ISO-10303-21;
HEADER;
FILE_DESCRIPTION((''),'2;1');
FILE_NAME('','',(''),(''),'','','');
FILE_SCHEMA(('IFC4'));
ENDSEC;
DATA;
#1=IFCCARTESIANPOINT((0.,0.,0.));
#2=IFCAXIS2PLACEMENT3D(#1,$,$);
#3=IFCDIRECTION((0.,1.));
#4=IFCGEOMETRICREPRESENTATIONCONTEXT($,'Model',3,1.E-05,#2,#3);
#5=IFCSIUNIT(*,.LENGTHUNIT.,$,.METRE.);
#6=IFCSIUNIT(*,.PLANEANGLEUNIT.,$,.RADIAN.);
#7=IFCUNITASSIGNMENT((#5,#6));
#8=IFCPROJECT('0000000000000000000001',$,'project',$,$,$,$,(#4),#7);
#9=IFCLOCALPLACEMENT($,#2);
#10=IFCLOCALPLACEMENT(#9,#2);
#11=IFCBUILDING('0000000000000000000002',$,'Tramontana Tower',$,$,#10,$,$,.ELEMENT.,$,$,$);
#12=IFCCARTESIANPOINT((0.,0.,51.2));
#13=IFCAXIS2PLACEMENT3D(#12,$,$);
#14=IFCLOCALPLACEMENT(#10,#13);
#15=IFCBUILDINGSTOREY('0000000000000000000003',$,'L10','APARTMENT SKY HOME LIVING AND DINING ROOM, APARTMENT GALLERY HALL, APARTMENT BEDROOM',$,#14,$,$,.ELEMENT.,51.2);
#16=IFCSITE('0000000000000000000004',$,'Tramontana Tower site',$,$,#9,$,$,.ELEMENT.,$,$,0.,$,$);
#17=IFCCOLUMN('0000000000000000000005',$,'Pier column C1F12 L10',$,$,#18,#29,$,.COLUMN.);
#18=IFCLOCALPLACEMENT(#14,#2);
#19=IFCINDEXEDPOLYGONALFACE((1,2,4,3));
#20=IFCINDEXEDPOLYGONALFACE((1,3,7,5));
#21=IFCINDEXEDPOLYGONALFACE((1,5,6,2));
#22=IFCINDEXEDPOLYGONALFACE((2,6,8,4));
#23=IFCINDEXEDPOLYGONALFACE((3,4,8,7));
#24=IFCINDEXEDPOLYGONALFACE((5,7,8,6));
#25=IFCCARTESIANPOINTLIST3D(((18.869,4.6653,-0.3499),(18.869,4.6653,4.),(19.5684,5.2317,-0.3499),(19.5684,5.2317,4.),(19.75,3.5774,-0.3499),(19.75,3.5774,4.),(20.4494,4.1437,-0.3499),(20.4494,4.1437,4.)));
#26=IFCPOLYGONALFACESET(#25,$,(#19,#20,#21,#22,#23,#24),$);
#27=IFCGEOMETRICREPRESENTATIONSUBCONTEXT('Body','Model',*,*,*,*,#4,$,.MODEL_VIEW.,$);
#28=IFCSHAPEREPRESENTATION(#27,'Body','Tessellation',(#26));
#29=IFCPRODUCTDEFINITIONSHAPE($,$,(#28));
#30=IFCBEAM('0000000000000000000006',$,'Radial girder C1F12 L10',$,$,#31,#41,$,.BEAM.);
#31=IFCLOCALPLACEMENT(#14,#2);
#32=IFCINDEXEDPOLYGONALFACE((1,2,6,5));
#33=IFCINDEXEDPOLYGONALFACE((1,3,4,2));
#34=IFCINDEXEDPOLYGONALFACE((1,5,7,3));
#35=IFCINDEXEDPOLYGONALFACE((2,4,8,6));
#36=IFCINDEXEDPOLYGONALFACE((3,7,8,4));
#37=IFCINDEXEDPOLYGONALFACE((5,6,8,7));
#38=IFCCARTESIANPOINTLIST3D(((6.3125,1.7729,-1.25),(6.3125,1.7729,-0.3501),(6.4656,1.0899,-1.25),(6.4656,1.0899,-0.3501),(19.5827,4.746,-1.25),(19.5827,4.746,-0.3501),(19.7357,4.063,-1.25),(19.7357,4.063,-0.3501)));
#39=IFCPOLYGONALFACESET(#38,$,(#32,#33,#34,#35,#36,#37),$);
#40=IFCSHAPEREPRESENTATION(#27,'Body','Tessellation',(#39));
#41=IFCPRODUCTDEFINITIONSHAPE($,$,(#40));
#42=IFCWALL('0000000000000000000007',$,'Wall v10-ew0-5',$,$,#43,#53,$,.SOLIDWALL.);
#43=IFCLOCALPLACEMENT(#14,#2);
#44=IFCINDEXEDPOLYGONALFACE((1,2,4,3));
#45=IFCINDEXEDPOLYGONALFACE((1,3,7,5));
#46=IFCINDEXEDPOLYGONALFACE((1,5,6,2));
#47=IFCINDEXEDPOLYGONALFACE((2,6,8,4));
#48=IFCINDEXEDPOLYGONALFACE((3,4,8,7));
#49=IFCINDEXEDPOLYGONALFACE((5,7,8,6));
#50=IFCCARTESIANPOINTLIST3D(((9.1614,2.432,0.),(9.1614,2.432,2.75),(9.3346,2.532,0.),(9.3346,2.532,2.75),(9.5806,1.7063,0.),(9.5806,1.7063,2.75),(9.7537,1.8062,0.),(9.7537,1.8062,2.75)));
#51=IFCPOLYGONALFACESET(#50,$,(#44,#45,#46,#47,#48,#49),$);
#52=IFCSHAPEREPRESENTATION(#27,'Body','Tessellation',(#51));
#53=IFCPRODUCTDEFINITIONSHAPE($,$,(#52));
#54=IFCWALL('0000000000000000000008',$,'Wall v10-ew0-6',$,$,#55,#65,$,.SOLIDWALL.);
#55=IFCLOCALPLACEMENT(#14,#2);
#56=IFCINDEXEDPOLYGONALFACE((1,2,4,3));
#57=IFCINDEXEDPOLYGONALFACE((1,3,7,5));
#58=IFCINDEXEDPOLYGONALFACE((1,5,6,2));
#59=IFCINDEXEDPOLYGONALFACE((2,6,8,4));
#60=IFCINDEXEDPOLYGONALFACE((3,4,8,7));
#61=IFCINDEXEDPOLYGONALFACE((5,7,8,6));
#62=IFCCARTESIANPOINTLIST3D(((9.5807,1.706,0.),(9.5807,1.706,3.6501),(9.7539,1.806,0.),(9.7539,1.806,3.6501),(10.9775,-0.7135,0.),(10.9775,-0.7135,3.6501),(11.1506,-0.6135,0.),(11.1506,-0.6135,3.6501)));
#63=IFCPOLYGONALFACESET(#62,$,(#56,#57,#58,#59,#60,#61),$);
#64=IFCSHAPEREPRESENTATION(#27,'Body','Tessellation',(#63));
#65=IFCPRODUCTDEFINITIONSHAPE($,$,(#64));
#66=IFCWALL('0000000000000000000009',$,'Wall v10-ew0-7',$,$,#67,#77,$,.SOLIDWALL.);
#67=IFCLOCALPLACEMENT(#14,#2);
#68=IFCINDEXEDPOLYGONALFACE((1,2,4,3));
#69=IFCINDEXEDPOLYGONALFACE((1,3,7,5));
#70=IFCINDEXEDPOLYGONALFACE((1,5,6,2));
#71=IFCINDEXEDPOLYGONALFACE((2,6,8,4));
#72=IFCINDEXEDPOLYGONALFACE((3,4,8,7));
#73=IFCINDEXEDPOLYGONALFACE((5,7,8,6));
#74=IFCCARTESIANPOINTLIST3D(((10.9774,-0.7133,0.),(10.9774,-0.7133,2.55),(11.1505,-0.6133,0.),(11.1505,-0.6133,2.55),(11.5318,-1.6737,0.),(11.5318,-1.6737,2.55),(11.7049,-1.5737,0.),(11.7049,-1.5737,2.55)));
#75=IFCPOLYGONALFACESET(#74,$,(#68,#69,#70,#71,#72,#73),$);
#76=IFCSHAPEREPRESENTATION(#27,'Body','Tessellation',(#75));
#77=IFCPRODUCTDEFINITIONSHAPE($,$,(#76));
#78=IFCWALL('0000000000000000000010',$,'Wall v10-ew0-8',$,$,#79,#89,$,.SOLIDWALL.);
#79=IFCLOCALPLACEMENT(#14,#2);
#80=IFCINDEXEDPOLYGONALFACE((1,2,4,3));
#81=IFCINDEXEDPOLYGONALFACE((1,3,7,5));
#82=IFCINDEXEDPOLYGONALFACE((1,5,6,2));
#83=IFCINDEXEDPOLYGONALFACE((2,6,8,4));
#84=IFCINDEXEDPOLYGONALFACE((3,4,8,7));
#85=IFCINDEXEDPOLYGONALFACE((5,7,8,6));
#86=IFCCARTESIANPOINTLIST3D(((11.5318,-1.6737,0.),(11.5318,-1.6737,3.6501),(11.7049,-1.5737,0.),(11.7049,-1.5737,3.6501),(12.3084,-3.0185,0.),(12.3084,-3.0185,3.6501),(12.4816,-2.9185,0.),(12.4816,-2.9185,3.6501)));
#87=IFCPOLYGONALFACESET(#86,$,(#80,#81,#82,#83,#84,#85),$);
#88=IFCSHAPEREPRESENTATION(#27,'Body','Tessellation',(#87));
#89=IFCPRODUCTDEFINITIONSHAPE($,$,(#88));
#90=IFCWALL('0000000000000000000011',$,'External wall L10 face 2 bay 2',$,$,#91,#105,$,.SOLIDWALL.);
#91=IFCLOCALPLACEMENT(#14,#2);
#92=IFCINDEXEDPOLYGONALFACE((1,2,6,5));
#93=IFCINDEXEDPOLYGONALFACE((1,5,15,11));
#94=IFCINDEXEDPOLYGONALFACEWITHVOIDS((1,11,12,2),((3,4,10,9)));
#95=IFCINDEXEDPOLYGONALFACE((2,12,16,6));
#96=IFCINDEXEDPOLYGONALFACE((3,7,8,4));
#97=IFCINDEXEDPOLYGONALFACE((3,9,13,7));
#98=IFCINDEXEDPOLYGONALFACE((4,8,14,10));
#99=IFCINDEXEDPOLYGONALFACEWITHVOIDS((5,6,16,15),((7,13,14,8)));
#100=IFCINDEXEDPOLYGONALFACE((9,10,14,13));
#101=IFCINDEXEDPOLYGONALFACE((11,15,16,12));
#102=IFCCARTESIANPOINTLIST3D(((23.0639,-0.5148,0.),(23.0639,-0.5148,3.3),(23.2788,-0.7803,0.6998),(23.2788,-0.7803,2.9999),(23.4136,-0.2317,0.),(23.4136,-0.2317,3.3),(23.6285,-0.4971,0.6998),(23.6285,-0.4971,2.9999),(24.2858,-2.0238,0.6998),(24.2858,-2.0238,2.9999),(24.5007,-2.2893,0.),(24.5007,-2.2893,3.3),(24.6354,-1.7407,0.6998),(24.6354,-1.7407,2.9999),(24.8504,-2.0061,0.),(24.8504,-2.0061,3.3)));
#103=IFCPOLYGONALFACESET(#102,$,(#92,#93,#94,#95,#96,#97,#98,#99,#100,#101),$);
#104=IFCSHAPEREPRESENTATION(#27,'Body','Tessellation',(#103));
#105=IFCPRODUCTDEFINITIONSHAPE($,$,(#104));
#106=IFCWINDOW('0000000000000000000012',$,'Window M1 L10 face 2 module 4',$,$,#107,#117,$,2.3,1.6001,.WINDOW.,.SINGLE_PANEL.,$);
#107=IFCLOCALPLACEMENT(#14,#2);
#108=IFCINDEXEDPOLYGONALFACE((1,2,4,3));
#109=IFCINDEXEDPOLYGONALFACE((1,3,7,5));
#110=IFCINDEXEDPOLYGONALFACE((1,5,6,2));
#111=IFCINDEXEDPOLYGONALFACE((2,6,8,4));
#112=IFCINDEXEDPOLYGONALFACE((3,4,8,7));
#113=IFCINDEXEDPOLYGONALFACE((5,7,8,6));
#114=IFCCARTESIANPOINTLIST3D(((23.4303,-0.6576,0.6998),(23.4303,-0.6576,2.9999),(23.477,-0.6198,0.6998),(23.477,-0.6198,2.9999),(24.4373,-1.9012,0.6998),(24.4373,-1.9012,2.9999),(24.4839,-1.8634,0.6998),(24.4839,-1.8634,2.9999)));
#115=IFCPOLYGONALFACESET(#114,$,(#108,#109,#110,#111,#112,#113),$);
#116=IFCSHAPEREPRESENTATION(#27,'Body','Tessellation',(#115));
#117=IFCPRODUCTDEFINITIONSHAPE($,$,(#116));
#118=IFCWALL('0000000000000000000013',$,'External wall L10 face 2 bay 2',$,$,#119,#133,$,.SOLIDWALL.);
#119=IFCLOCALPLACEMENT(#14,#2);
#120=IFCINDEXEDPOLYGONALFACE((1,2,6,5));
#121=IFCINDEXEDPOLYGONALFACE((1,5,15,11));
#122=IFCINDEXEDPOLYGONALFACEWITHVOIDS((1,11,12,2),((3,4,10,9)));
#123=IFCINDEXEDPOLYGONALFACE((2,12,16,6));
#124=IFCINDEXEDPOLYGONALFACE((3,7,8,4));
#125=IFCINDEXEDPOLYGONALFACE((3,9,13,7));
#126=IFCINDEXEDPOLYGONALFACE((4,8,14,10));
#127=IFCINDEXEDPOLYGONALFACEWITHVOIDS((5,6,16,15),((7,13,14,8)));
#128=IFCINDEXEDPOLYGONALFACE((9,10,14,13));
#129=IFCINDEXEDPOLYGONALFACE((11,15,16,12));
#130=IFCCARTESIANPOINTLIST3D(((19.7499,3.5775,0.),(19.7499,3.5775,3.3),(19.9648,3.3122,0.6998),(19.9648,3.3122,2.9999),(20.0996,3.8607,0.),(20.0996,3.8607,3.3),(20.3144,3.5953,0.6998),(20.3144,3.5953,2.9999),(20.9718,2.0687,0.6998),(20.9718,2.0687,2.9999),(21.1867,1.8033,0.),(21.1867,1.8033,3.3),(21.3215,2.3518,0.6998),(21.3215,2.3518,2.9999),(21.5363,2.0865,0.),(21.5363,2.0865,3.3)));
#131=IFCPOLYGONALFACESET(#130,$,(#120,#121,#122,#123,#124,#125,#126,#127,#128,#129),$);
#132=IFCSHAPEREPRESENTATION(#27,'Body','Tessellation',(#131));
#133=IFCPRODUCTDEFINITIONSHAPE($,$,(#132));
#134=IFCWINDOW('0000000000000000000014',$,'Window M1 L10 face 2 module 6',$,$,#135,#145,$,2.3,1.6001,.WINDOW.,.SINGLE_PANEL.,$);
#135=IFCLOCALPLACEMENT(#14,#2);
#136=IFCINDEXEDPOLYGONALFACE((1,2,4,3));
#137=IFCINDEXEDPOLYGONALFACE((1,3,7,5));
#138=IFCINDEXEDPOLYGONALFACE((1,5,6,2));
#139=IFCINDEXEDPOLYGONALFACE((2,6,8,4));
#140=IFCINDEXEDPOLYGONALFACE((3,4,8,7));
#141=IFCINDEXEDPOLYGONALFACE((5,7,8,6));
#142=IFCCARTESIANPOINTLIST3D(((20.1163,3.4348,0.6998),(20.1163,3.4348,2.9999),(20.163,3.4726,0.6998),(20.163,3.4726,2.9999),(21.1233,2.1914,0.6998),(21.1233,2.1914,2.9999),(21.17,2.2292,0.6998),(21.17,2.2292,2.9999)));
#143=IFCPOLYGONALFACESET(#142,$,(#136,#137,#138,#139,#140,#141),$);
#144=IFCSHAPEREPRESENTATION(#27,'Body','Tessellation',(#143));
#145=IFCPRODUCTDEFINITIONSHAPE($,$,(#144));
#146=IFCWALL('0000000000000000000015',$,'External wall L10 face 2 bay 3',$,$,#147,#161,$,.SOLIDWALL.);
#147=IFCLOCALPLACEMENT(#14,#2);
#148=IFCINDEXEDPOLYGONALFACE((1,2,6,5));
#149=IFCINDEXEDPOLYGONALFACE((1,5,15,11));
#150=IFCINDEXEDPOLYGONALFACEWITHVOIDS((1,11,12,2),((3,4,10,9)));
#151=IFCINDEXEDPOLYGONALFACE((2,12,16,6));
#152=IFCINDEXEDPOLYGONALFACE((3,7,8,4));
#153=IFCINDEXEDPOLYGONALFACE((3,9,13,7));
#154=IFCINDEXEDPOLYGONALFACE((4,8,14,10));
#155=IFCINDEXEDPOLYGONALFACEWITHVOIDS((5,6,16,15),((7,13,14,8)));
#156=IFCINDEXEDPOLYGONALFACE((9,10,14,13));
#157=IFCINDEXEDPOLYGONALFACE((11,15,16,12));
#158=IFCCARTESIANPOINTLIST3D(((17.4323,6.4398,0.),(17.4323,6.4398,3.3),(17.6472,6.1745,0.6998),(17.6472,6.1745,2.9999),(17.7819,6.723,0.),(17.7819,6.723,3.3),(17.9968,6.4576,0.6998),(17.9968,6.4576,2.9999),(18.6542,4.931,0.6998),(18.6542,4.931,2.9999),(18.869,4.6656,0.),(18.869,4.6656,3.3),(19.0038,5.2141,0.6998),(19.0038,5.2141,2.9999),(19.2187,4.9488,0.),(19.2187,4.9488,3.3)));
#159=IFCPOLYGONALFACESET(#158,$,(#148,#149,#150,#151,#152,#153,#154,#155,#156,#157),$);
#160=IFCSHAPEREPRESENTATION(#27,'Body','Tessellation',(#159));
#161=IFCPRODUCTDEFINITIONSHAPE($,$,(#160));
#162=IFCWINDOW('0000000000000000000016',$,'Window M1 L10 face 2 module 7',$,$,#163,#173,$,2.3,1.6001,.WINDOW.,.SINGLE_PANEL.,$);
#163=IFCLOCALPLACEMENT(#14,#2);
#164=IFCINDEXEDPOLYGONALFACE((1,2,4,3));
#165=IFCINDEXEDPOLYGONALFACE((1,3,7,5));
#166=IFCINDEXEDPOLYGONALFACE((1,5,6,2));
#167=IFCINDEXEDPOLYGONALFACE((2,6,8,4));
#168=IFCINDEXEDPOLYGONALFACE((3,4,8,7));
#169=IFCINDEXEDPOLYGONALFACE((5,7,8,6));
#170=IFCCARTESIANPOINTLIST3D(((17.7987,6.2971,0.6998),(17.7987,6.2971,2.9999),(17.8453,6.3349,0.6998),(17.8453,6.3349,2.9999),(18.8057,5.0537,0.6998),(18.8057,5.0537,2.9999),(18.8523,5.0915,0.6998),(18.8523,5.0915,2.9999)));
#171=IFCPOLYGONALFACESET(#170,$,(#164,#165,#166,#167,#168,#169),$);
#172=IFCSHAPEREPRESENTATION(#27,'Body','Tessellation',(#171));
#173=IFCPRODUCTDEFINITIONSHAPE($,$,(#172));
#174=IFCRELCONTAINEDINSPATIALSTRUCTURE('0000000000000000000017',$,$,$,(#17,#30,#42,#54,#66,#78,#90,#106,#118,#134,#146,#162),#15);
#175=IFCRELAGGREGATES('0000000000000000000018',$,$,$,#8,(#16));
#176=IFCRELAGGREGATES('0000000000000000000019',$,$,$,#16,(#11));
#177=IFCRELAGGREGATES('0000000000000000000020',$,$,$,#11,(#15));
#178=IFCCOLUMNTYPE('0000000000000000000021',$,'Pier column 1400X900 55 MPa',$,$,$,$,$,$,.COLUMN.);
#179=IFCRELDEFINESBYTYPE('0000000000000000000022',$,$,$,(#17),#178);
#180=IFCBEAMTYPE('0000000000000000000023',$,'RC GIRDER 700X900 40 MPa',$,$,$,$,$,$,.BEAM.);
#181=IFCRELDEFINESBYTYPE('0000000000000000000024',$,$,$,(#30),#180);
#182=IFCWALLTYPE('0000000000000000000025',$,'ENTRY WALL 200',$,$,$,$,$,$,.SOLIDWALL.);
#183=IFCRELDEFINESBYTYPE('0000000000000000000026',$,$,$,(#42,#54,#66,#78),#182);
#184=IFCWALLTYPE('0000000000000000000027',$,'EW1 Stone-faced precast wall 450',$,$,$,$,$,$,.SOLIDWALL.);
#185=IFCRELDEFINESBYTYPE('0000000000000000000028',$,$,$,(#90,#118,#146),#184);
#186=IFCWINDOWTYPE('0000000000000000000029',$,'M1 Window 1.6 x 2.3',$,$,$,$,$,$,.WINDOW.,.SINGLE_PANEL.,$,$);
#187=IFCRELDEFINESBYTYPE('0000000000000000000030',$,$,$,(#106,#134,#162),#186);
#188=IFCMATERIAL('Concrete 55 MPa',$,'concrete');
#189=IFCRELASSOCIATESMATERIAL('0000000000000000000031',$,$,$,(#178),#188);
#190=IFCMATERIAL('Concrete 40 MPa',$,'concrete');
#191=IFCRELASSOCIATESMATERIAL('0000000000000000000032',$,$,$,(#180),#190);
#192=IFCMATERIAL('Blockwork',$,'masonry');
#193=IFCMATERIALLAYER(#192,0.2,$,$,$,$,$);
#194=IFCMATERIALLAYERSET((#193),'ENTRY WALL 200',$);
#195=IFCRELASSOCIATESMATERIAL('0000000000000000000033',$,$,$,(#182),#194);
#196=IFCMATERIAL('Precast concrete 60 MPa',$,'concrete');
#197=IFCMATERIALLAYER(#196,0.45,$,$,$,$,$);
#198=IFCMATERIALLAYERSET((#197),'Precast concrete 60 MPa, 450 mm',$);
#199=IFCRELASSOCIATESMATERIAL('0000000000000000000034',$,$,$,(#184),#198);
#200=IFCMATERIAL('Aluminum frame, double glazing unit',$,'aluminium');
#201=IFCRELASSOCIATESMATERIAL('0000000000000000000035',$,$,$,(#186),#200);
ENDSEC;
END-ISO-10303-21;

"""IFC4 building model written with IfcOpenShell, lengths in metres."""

from ifc_helpers import new_model, si_unit, direction, frame, frame_2d, origin, origin_2d, place, context, subcontext, project, spatial, rectangle, extrude, material, layer, layer_set, material_profile, profile_set, type_object, element, fill, save


model = new_model("IFC4")

# Units and contexts
model_context = context("Model", 3, precision=1e-05, world=origin(), true_north=direction((0.0, 1.0)))
body_context = subcontext(model_context, "Body", "Model", "MODEL_VIEW")
ifc_project = project(units=[si_unit("LENGTHUNIT", "METRE"), si_unit("PLANEANGLEUNIT", "RADIAN")], contexts=[model_context])

# Site, building, storey
site_placement = place(None, origin())
site = spatial("IfcSite", under=ifc_project, at=site_placement, Name="Tramontana Tower site", CompositionType="ELEMENT", RefElevation=0.0)
building_placement = place(site_placement, origin())
building = spatial("IfcBuilding", under=site, at=building_placement, Name="Tramontana Tower", CompositionType="ELEMENT")
storey_placement = place(building_placement, frame((0.0, 0.0, 51.2)))
storey = spatial("IfcBuildingStorey", under=building, at=storey_placement, Name="L10", Description="APARTMENT SKY HOME LIVING AND DINING ROOM, APARTMENT GALLERY HALL, APARTMENT BEDROOM", CompositionType="ELEMENT", Elevation=51.2)

# Column
ifc_material_1 = material(Name="Concrete 55 MPa", Category="concrete")
ifc_material_profile_1 = material_profile(ifc_material_1, rectangle(XDim=1.3999, YDim=0.8999, at=origin_2d()), Name="Pier column 1400X900 55 MPa")
ifc_profile_set_1 = profile_set([ifc_material_profile_1], Name="Concrete 55 MPa")
column_type = type_object("IfcColumnType", Name="Pier column 1400X900 55 MPa", PredefinedType="COLUMN", material=ifc_profile_set_1)
column_placement = place(storey_placement, frame((19.6592, 4.4045, -0.3499), z_axis=(0.0, 0.0, 1.0), x_axis=(-0.62932, 0.777146, 0.0)))
element("IfcColumn", 1, at=column_placement, inside=storey, type_object=column_type, Name="Pier column C1F12 L10", PredefinedType="COLUMN", context=body_context, shape_type="SweptSolid", body=[
    extrude(rectangle(XDim=1.3999, YDim=0.8999, at=origin_2d()), origin(), (0.0, 0.0, 1.0), 4.3499),
])

# Beam
ifc_material_2 = material(Name="Concrete 40 MPa", Category="concrete")
ifc_material_profile_2 = material_profile(ifc_material_2, rectangle(XDim=0.7, YDim=0.8999, at=origin_2d()), Name="RC GIRDER 700X900 40 MPa")
ifc_profile_set_2 = profile_set([ifc_material_profile_2], Name="Concrete 40 MPa")
beam_type = type_object("IfcBeamType", Name="RC GIRDER 700X900 40 MPa", PredefinedType="BEAM", material=ifc_profile_set_2)
beam_placement = place(storey_placement, frame((19.6592, 4.4045, -0.8), z_axis=(-0.975808, -0.21863, 0.0), x_axis=(0.21863, -0.975808, 0.0)))
element("IfcBeam", 2, at=beam_placement, inside=storey, type_object=beam_type, Name="Radial girder C1F12 L10", PredefinedType="BEAM", context=body_context, shape_type="SweptSolid", body=[
    extrude(rectangle(XDim=0.7, YDim=0.8999, at=origin_2d()), origin(), (0.0, 0.0, 1.0), 13.5991),
])

# Walls
ifc_material_3 = material(Name="Blockwork", Category="masonry")
ifc_layer_1 = layer(ifc_material_3, 0.2)
ifc_layer_set_1 = layer_set([ifc_layer_1], Name="ENTRY WALL 200")
wall_type_1 = type_object("IfcWallType", Name="ENTRY WALL 200", PredefinedType="SOLIDWALL", material=ifc_layer_set_1)
wall_1_placement = place(storey_placement, frame((9.248, 2.4819, 0.0), z_axis=(0.0, 0.0, 1.0), x_axis=(0.500117, -0.865958, 0.0)))
element("IfcWall", 3, at=wall_1_placement, inside=storey, type_object=wall_type_1, Name="Wall v10-ew0-5", PredefinedType="SOLIDWALL", context=body_context, shape_type="SweptSolid", body=[
    extrude(rectangle(XDim=0.8381, YDim=0.2, at=frame_2d((0.4189, 0.0))), origin(), (0.0, 0.0, 1.0), 2.75),
])
wall_2_placement = place(storey_placement, frame((9.6672, 1.7561, 0.0), z_axis=(0.0, 0.0, 1.0), x_axis=(0.499965, -0.866046, 0.0)))
element("IfcWall", 4, at=wall_2_placement, inside=storey, type_object=wall_type_1, Name="Wall v10-ew0-6", PredefinedType="SOLIDWALL", context=body_context, shape_type="SweptSolid", body=[
    extrude(rectangle(XDim=2.7937, YDim=0.2, at=frame_2d((1.397, 0.0))), origin(), (0.0, 0.0, 1.0), 3.6501),
])
wall_3_placement = place(storey_placement, frame((11.064, -0.6633, 0.0), z_axis=(0.0, 0.0, 1.0), x_axis=(0.499951, -0.866054, 0.0)))
element("IfcWall", 5, at=wall_3_placement, inside=storey, type_object=wall_type_1, Name="Wall v10-ew0-7", PredefinedType="SOLIDWALL", context=body_context, shape_type="SweptSolid", body=[
    extrude(rectangle(XDim=1.1089, YDim=0.2, at=frame_2d((0.5544, 0.0))), origin(), (0.0, 0.0, 1.0), 2.55),
])
wall_4_placement = place(storey_placement, frame((11.6184, -1.6238, 0.0), z_axis=(0.0, 0.0, 1.0), x_axis=(0.500113, -0.86596, 0.0)))
element("IfcWall", 6, at=wall_4_placement, inside=storey, type_object=wall_type_1, Name="Wall v10-ew0-8", PredefinedType="SOLIDWALL", context=body_context, shape_type="SweptSolid", body=[
    extrude(rectangle(XDim=1.553, YDim=0.2, at=frame_2d((0.7764, 0.0))), origin(), (0.0, 0.0, 1.0), 3.6501),
])

# Walls, openings, windows
ifc_material_4 = material(Name="Precast concrete 60 MPa", Category="concrete")
ifc_layer_2 = layer(ifc_material_4, 0.45)
ifc_layer_set_2 = layer_set([ifc_layer_2], Name="Precast concrete 60 MPa, 450 mm")
wall_type_2 = type_object("IfcWallType", Name="EW1 Stone-faced precast wall 450", PredefinedType="SOLIDWALL", material=ifc_layer_set_2)
wall_5_placement = place(storey_placement, frame((24.6755, -2.1477, 0.0), z_axis=(0.0, 0.0, 1.0), x_axis=(-0.629287, 0.777173, 0.0)))
wall_5 = element("IfcWall", 7, at=wall_5_placement, inside=storey, type_object=wall_type_2, Name="External wall L10 face 2 bay 2", PredefinedType="SOLIDWALL", context=body_context, shape_type="SweptSolid", body=[
    extrude(rectangle(XDim=2.2832, YDim=0.45, at=frame_2d((1.1416, 0.0))), origin(), (0.0, 0.0, 1.0), 3.3),
])
opening_1_placement = place(wall_5_placement, frame((0.3416, 0.0, 0.7)))
opening_1 = element("IfcOpeningElement", 8, at=opening_1_placement, cuts=wall_5, PredefinedType="OPENING", context=body_context, shape_type="SweptSolid", body=[
    extrude(rectangle(XDim=1.6001, YDim=2.3, at=frame_2d((0.8, 1.1499))), frame((0.0, 0.2349, 0.0), z_axis=(0.0, -1.0, 0.0), x_axis=(1.0, 0.0, 0.0)), (0.0, 0.0, 1.0), 0.47),
])
ifc_material_5 = material(Name="Aluminum frame, double glazing unit", Category="aluminium")
window_type = type_object("IfcWindowType", Name="M1 Window 1.6 x 2.3", PartitioningType="SINGLE_PANEL", PredefinedType="WINDOW", material=ifc_material_5)
window_1_placement = place(opening_1_placement, origin())
window_1 = element("IfcWindow", 9, at=window_1_placement, inside=storey, type_object=window_type, Name="Window M1 L10 face 2 module 4", OverallHeight=2.3, OverallWidth=1.6001, PartitioningType="SINGLE_PANEL", PredefinedType="WINDOW", context=body_context, shape_type="SweptSolid", body=[
    extrude(rectangle(XDim=1.6001, YDim=2.3, at=frame_2d((0.8, 1.1499))), frame((0.0, 0.03, 0.0), z_axis=(0.0, -1.0, 0.0), x_axis=(1.0, 0.0, 0.0)), (0.0, 0.0, 1.0), 0.0601),
])
fill(opening_1, window_1)
wall_6_placement = place(storey_placement, frame((21.3616, 1.9448, 0.0), z_axis=(0.0, 0.0, 1.0), x_axis=(-0.62934, 0.77713, 0.0)))
wall_6 = element("IfcWall", 10, at=wall_6_placement, inside=storey, type_object=wall_type_2, Name="External wall L10 face 2 bay 2", PredefinedType="SOLIDWALL", context=body_context, shape_type="SweptSolid", body=[
    extrude(rectangle(XDim=2.283, YDim=0.45, at=frame_2d((1.1416, 0.0))), origin(), (0.0, 0.0, 1.0), 3.3),
])
opening_2_placement = place(wall_6_placement, frame((0.3416, 0.0, 0.7)))
opening_2 = element("IfcOpeningElement", 11, at=opening_2_placement, cuts=wall_6, PredefinedType="OPENING", context=body_context, shape_type="SweptSolid", body=[
    extrude(rectangle(XDim=1.6001, YDim=2.3, at=frame_2d((0.8, 1.1499))), frame((0.0, 0.2349, 0.0), z_axis=(0.0, -1.0, 0.0), x_axis=(1.0, 0.0, 0.0)), (0.0, 0.0, 1.0), 0.47),
])
window_2_placement = place(opening_2_placement, origin())
window_2 = element("IfcWindow", 12, at=window_2_placement, inside=storey, type_object=window_type, Name="Window M1 L10 face 2 module 6", OverallHeight=2.3, OverallWidth=1.6001, PartitioningType="SINGLE_PANEL", PredefinedType="WINDOW", context=body_context, shape_type="SweptSolid", body=[
    extrude(rectangle(XDim=1.6001, YDim=2.3, at=frame_2d((0.8, 1.1499))), frame((0.0, 0.03, 0.0), z_axis=(0.0, -1.0, 0.0), x_axis=(1.0, 0.0, 0.0)), (0.0, 0.0, 1.0), 0.0601),
])
fill(opening_2, window_2)
wall_7_placement = place(storey_placement, frame((19.0439, 4.8071, 0.0), z_axis=(0.0, 0.0, 1.0), x_axis=(-0.62934, 0.77713, 0.0)))
wall_7 = element("IfcWall", 13, at=wall_7_placement, inside=storey, type_object=wall_type_2, Name="External wall L10 face 2 bay 3", PredefinedType="SOLIDWALL", context=body_context, shape_type="SweptSolid", body=[
    extrude(rectangle(XDim=2.283, YDim=0.45, at=frame_2d((1.1416, 0.0))), origin(), (0.0, 0.0, 1.0), 3.3),
])
opening_3_placement = place(wall_7_placement, frame((0.3416, 0.0, 0.7)))
opening_3 = element("IfcOpeningElement", 14, at=opening_3_placement, cuts=wall_7, PredefinedType="OPENING", context=body_context, shape_type="SweptSolid", body=[
    extrude(rectangle(XDim=1.6001, YDim=2.3, at=frame_2d((0.8, 1.1499))), frame((0.0, 0.2349, 0.0), z_axis=(0.0, -1.0, 0.0), x_axis=(1.0, 0.0, 0.0)), (0.0, 0.0, 1.0), 0.47),
])
window_3_placement = place(opening_3_placement, origin())
window_3 = element("IfcWindow", 15, at=window_3_placement, inside=storey, type_object=window_type, Name="Window M1 L10 face 2 module 7", OverallHeight=2.3, OverallWidth=1.6001, PartitioningType="SINGLE_PANEL", PredefinedType="WINDOW", context=body_context, shape_type="SweptSolid", body=[
    extrude(rectangle(XDim=1.6001, YDim=2.3, at=frame_2d((0.8, 1.1499))), frame((0.0, 0.03, 0.0), z_axis=(0.0, -1.0, 0.0), x_axis=(1.0, 0.0, 0.0)), (0.0, 0.0, 1.0), 0.0601),
])
fill(opening_3, window_3)

save(model, "model.ifc")
